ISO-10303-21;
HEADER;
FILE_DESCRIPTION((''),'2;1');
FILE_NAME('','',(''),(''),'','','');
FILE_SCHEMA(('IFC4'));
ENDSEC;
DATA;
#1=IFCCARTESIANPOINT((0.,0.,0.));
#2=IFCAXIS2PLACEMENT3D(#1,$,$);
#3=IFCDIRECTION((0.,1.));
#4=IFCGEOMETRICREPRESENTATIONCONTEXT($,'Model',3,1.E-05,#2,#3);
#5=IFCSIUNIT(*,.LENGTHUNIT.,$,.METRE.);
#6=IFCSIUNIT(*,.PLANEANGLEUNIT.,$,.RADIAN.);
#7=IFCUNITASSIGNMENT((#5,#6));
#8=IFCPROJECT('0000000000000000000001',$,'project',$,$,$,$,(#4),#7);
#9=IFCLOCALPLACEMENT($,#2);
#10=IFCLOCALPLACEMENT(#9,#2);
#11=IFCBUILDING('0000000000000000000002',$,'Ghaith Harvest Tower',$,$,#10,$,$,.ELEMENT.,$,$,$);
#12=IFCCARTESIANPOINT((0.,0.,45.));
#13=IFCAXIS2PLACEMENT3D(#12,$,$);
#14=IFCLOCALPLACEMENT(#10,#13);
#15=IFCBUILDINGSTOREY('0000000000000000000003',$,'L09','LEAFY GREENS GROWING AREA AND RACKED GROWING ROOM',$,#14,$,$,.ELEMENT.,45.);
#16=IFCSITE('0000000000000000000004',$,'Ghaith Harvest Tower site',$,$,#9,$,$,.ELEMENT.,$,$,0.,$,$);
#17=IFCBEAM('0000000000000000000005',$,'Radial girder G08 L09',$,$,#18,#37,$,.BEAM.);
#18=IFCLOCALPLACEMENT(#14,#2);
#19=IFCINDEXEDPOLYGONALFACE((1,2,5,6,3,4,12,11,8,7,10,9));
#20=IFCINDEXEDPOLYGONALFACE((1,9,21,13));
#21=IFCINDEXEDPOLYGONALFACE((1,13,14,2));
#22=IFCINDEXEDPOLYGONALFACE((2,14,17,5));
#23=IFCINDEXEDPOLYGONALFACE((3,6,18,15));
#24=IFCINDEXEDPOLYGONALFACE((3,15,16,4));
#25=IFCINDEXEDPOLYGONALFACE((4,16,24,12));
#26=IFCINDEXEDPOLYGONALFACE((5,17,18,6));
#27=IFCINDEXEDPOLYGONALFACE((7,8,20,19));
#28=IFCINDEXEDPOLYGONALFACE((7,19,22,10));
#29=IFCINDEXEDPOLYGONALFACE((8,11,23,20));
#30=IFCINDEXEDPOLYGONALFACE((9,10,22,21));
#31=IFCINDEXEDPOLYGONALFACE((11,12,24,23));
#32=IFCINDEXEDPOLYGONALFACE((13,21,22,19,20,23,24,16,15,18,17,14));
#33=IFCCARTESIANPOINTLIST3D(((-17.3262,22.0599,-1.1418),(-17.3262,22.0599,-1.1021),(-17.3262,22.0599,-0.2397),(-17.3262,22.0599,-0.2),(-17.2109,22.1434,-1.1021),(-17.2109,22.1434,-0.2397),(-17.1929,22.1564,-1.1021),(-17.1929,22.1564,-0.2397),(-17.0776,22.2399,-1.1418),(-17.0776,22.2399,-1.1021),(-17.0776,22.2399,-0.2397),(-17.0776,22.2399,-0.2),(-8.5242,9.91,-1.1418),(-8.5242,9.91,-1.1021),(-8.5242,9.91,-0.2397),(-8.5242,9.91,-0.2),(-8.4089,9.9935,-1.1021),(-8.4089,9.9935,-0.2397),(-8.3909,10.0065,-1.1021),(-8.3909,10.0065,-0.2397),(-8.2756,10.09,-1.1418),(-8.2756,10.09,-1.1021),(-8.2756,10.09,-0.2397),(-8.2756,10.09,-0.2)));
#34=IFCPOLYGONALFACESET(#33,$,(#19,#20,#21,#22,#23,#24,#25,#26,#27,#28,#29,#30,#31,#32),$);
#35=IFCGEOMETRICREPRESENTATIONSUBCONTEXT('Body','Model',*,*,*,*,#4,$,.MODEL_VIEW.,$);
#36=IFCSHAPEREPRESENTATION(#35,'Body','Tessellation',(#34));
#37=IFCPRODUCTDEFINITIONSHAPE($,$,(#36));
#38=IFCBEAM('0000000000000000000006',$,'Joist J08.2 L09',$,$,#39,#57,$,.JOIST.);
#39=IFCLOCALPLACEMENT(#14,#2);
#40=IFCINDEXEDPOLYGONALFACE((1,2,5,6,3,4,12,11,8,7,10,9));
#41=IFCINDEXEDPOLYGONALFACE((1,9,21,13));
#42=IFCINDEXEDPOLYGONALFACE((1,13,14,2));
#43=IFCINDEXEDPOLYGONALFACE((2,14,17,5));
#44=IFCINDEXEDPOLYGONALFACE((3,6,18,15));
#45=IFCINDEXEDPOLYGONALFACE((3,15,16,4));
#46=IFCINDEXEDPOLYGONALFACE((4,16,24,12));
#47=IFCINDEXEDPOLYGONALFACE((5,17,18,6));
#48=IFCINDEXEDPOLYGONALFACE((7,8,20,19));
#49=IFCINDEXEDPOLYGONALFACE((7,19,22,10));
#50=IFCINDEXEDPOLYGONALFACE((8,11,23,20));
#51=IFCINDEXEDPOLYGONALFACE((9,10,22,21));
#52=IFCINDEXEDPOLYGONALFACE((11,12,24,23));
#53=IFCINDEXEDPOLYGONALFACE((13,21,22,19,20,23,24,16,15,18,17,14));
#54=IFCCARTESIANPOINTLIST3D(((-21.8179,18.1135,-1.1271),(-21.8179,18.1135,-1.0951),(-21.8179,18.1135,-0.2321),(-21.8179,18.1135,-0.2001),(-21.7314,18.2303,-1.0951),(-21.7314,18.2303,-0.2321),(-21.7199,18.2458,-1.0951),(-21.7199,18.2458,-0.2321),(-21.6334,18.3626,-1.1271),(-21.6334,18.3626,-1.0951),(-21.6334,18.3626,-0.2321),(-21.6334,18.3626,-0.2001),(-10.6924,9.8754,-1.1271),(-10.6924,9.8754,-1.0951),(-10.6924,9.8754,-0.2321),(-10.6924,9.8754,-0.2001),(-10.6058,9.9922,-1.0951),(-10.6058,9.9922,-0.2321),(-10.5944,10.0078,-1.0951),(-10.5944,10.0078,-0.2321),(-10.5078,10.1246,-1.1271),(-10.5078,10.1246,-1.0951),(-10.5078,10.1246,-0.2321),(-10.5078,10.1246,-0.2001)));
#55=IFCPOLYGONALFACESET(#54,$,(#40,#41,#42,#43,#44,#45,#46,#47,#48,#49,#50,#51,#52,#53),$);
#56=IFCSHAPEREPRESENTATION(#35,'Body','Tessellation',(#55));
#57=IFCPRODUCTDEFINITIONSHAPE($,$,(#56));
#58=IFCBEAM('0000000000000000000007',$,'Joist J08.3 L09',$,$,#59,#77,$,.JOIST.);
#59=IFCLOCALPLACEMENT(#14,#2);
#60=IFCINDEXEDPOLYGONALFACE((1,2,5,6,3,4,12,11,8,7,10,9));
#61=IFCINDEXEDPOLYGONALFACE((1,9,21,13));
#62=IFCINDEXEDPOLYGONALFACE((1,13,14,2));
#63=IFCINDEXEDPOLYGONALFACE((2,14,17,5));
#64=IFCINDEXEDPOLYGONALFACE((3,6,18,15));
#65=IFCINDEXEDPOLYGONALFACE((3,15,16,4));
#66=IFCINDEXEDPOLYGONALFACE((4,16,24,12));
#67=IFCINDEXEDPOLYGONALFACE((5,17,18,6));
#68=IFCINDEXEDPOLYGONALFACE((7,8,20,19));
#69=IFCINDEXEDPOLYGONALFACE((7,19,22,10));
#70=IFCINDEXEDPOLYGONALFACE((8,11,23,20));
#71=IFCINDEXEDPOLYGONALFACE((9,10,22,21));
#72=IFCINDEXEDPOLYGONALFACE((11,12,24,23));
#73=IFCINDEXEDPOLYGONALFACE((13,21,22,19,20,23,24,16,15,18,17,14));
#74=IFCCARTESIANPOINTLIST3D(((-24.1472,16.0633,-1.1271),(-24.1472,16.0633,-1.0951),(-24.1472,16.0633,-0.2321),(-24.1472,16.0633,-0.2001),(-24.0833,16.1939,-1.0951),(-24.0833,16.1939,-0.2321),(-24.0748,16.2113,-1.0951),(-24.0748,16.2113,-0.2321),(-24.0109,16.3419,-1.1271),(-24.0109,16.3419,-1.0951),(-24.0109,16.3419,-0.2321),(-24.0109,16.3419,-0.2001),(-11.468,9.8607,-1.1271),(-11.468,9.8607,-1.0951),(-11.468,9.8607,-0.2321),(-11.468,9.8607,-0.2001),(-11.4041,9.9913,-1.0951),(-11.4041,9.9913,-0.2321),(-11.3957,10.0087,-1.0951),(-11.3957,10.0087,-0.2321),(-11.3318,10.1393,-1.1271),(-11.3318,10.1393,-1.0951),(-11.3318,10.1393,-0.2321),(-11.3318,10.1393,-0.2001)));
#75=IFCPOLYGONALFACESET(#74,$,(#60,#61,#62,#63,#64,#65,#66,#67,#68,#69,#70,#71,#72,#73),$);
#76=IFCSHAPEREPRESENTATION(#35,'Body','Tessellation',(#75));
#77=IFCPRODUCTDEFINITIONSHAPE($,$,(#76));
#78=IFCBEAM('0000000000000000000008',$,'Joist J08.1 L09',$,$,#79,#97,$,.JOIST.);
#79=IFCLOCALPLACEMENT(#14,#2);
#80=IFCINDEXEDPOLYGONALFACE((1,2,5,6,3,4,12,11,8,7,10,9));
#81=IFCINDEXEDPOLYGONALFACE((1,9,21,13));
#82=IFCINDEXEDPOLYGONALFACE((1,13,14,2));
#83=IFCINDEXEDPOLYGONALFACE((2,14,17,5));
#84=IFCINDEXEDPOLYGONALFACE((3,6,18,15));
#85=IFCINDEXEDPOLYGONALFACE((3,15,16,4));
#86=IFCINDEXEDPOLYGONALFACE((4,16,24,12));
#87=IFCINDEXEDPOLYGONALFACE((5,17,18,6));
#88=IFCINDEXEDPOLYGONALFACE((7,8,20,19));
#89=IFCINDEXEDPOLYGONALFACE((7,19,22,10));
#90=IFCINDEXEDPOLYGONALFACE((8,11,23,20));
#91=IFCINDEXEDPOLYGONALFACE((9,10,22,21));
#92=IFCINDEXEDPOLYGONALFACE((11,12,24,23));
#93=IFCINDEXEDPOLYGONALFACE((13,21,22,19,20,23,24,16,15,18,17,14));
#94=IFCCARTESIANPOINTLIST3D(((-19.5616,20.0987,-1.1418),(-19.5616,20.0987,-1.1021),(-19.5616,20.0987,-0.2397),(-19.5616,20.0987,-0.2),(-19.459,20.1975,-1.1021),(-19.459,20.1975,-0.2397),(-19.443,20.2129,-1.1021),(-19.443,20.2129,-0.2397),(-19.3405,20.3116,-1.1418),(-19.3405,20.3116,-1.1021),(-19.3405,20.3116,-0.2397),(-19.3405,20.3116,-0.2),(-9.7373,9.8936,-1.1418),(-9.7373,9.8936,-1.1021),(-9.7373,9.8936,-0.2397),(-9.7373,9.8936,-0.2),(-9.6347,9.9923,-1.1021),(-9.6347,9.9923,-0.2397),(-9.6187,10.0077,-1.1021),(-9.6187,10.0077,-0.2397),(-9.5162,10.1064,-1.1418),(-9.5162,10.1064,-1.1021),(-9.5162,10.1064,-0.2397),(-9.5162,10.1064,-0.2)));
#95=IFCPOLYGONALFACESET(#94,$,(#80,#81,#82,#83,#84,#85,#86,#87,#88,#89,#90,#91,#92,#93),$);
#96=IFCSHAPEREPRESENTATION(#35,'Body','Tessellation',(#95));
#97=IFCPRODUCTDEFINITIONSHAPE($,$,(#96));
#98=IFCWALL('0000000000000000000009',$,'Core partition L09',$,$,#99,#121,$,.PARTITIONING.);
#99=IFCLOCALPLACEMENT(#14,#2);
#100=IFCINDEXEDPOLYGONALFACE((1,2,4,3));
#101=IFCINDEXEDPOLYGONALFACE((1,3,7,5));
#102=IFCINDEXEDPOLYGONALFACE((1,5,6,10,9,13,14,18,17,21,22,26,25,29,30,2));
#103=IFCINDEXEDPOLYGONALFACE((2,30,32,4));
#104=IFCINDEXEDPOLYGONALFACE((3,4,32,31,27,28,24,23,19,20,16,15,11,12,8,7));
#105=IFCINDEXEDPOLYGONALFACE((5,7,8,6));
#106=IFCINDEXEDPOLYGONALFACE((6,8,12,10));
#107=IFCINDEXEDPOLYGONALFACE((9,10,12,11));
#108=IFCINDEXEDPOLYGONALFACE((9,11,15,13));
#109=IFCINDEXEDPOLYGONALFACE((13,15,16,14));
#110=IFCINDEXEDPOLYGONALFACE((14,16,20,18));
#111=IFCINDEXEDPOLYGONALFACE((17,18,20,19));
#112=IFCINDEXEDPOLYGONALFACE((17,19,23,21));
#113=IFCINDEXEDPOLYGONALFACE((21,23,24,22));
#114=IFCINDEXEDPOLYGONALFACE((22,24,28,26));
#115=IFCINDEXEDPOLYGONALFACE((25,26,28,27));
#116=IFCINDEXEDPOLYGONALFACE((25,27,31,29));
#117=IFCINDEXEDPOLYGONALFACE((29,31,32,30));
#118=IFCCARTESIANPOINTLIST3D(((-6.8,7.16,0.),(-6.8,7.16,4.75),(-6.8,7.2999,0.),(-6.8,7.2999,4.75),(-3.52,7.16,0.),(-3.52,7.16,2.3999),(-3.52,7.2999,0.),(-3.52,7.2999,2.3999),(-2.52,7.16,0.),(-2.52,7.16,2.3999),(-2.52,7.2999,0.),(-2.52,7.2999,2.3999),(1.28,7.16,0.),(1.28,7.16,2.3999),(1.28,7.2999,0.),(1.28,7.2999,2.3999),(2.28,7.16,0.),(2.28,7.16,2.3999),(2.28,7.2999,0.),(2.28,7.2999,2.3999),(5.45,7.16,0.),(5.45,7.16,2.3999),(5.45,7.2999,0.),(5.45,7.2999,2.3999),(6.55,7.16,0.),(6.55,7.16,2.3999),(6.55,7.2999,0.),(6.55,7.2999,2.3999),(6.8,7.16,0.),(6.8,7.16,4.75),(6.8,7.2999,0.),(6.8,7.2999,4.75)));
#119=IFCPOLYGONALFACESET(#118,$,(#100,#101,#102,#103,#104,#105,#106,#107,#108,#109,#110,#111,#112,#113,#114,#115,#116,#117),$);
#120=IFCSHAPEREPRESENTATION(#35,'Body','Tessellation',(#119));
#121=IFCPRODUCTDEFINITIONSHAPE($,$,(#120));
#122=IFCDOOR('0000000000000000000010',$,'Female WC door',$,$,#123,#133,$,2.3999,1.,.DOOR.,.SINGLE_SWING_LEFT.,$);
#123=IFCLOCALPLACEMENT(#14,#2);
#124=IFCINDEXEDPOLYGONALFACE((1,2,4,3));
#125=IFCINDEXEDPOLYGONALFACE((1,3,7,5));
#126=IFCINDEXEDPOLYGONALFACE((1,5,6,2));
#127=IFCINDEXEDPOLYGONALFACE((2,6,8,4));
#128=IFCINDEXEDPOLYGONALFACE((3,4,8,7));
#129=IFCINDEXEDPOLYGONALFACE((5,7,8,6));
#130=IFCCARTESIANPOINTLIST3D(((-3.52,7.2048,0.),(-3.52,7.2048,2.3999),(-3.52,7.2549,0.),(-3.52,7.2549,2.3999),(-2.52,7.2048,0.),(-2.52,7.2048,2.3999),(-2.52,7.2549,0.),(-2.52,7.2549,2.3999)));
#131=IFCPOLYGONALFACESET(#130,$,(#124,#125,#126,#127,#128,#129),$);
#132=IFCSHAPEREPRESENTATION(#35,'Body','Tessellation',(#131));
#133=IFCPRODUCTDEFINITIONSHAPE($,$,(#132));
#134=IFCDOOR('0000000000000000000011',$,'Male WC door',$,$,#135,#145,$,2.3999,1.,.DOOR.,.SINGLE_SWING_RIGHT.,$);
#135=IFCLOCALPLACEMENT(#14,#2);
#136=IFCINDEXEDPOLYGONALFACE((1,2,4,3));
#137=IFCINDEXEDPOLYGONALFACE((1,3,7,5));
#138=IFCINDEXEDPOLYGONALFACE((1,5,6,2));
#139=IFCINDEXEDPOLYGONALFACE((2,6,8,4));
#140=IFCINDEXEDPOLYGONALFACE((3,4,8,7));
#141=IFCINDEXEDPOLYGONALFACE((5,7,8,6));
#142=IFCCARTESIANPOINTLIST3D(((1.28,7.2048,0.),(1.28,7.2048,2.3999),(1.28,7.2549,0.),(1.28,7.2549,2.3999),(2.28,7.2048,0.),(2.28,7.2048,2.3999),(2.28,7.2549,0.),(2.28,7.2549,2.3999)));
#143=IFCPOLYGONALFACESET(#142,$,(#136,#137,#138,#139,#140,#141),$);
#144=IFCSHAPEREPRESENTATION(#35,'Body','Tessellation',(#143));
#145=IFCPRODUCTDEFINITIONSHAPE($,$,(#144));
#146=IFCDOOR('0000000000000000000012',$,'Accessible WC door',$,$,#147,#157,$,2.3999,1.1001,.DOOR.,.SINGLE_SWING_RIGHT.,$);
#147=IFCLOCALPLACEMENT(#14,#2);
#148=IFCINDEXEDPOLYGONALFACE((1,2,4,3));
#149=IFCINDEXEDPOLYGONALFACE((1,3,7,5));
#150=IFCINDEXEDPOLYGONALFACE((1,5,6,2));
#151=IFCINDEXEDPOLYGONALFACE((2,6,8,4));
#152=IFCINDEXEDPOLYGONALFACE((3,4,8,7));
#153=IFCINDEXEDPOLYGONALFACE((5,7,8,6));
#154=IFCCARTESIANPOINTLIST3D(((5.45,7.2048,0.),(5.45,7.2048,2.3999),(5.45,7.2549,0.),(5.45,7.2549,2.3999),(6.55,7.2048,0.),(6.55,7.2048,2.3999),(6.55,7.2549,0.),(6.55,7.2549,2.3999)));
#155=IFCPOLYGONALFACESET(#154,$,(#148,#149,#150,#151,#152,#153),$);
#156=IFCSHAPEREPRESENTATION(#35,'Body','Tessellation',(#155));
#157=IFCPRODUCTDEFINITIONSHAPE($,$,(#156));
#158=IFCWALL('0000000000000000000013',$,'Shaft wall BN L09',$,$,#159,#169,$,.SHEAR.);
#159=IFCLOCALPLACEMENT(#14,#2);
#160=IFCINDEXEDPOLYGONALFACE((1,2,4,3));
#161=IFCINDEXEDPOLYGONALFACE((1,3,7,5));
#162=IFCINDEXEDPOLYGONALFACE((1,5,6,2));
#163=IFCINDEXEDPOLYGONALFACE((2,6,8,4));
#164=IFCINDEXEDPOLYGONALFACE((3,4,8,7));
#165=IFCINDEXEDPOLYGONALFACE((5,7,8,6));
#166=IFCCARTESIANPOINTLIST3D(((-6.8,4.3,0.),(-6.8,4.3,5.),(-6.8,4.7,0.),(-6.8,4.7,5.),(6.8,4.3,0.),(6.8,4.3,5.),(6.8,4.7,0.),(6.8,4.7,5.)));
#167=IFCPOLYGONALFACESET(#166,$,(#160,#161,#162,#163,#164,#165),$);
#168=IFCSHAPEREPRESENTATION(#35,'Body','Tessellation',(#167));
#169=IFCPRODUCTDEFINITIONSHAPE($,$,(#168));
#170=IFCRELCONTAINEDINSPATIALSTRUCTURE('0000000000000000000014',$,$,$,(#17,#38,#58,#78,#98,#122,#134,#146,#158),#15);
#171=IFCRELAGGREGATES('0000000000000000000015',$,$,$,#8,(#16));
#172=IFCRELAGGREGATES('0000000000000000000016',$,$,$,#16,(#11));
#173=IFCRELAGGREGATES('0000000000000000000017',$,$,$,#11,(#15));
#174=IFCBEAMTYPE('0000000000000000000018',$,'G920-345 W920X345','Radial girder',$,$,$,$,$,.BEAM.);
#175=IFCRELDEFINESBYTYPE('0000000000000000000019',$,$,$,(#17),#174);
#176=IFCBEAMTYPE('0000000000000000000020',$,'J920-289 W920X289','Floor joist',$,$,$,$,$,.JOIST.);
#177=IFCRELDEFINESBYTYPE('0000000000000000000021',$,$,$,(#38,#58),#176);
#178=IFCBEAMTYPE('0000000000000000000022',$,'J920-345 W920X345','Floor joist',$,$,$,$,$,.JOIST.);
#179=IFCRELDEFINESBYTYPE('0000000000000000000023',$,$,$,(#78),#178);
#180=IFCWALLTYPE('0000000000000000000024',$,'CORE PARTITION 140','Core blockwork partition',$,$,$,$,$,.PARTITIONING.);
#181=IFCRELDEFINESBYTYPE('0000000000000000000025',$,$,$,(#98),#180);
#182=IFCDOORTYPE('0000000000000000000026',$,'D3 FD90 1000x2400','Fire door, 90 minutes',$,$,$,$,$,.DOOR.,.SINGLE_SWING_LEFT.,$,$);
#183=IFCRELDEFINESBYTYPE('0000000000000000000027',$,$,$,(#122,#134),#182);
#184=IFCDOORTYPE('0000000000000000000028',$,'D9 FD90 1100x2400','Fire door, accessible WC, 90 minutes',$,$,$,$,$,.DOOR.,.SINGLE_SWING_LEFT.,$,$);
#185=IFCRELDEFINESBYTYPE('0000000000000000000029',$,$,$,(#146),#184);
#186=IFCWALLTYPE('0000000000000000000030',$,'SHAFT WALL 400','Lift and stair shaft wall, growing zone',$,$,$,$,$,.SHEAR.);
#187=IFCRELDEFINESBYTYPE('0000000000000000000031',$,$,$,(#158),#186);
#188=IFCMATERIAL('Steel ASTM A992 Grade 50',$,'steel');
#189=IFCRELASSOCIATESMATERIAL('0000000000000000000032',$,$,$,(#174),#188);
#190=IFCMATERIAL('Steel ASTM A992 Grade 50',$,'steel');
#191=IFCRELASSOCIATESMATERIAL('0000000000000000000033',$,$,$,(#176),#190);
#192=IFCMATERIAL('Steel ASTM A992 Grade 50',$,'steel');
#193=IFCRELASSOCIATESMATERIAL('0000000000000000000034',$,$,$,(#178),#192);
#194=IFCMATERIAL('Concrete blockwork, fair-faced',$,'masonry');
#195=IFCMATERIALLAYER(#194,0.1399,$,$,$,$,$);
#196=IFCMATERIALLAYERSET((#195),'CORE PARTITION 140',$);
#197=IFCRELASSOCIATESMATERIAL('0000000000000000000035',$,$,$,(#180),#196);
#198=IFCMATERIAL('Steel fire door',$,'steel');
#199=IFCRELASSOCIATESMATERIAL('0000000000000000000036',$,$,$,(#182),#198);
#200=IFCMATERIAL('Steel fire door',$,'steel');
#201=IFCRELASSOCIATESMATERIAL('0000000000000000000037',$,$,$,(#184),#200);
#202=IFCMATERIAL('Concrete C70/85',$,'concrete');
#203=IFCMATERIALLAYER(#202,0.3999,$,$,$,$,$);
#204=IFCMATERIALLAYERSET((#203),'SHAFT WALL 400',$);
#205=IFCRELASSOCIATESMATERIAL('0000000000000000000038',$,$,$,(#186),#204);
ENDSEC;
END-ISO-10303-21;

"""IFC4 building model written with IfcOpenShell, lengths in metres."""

from ifc_helpers import new_model, si_unit, direction, frame, frame_2d, origin, origin_2d, place, context, subcontext, project, spatial, rectangle, i_section, extrude, material, layer, layer_set, material_profile, profile_set, type_object, element, fill, save


model = new_model("IFC4")

# Units and contexts
model_context = context("Model", 3, precision=1e-05, world=origin(), true_north=direction((0.0, 1.0)))
body_context = subcontext(model_context, "Body", "Model", "MODEL_VIEW")
ifc_project = project(units=[si_unit("LENGTHUNIT", "METRE"), si_unit("PLANEANGLEUNIT", "RADIAN")], contexts=[model_context])

# Site, building, storey
site_placement = place(None, origin())
site = spatial("IfcSite", under=ifc_project, at=site_placement, Name="Ghaith Harvest Tower site", CompositionType="ELEMENT", RefElevation=0.0)
building_placement = place(site_placement, origin())
building = spatial("IfcBuilding", under=site, at=building_placement, Name="Ghaith Harvest Tower", CompositionType="ELEMENT")
storey_placement = place(building_placement, frame((0.0, 0.0, 45.0)))
storey = spatial("IfcBuildingStorey", under=building, at=storey_placement, Name="L09", Description="LEAFY GREENS GROWING AREA AND RACKED GROWING ROOM", CompositionType="ELEMENT", Elevation=45.0)

# Beams
ifc_material_1 = material(Name="Steel ASTM A992 Grade 50", Category="steel")
ifc_material_profile_1 = material_profile(ifc_material_1, i_section(OverallWidth=0.3069, OverallDepth=0.9419, WebThickness=0.0222, FlangeThickness=0.0398, at=origin_2d()), Name="W920X345")
ifc_profile_set_1 = profile_set([ifc_material_profile_1], Name="Steel ASTM A992 Grade 50")
beam_type_1 = type_object("IfcBeamType", Name="G920-345 W920X345", Description="Radial girder", PredefinedType="BEAM", material=ifc_profile_set_1)
beam_1_placement = place(storey_placement, frame((-8.3999, 10.0, -0.6709), z_axis=(-0.586676, 0.809822, 0.0), x_axis=(-0.809822, -0.586676, 0.0)))
element("IfcBeam", 1, at=beam_1_placement, inside=storey, type_object=beam_type_1, Name="Radial girder G08 L09", PredefinedType="BEAM", context=body_context, shape_type="SweptSolid", body=[
    extrude(i_section(OverallWidth=0.3069, OverallDepth=0.9419, WebThickness=0.0222, FlangeThickness=0.0398, at=origin_2d()), origin(), (0.0, 0.0, 1.0), 15.0032),
])
ifc_material_2 = material(Name="Steel ASTM A992 Grade 50", Category="steel")
ifc_material_profile_2 = material_profile(ifc_material_2, i_section(OverallWidth=0.3101, OverallDepth=0.927, WebThickness=0.0193, FlangeThickness=0.032, at=origin_2d()), Name="W920X289")
ifc_profile_set_2 = profile_set([ifc_material_profile_2], Name="Steel ASTM A992 Grade 50")
beam_type_2 = type_object("IfcBeamType", Name="J920-289 W920X289", Description="Floor joist", PredefinedType="JOIST", material=ifc_profile_set_2)
beam_2_placement = place(storey_placement, frame((-10.6001, 10.0, -0.6636), z_axis=(-0.803663, 0.595085, 0.0), x_axis=(-0.595085, -0.803663, 0.0)))
element("IfcBeam", 2, at=beam_2_placement, inside=storey, type_object=beam_type_2, Name="Joist J08.2 L09", PredefinedType="JOIST", context=body_context, shape_type="SweptSolid", body=[
    extrude(i_section(OverallWidth=0.3101, OverallDepth=0.927, WebThickness=0.0193, FlangeThickness=0.032, at=origin_2d()), origin(), (0.0, 0.0, 1.0), 13.8435),
])
beam_3_placement = place(storey_placement, frame((-11.3999, 10.0, -0.6636), z_axis=(-0.898275, 0.439434, 0.0), x_axis=(-0.439434, -0.898275, 0.0)))
element("IfcBeam", 3, at=beam_3_placement, inside=storey, type_object=beam_type_2, Name="Joist J08.3 L09", PredefinedType="JOIST", context=body_context, shape_type="SweptSolid", body=[
    extrude(i_section(OverallWidth=0.3101, OverallDepth=0.927, WebThickness=0.0193, FlangeThickness=0.032, at=origin_2d()), origin(), (0.0, 0.0, 1.0), 14.115),
])
ifc_material_3 = material(Name="Steel ASTM A992 Grade 50", Category="steel")
ifc_material_profile_3 = material_profile(ifc_material_3, i_section(OverallWidth=0.3069, OverallDepth=0.9419, WebThickness=0.0222, FlangeThickness=0.0398, at=origin_2d()), Name="W920X345")
ifc_profile_set_3 = profile_set([ifc_material_profile_3], Name="Steel ASTM A992 Grade 50")
beam_type_3 = type_object("IfcBeamType", Name="J920-345 W920X345", Description="Floor joist", PredefinedType="JOIST", material=ifc_profile_set_3)
beam_4_placement = place(storey_placement, frame((-9.6267, 10.0, -0.6709), z_axis=(-0.693536, 0.720422, 0.0), x_axis=(-0.720422, -0.693536, 0.0)))
element("IfcBeam", 4, at=beam_4_placement, inside=storey, type_object=beam_type_3, Name="Joist J08.1 L09", PredefinedType="JOIST", context=body_context, shape_type="SweptSolid", body=[
    extrude(i_section(OverallWidth=0.3069, OverallDepth=0.9419, WebThickness=0.0222, FlangeThickness=0.0398, at=origin_2d()), origin(), (0.0, 0.0, 1.0), 14.1655),
])

# Wall, openings, doors
ifc_material_4 = material(Name="Concrete blockwork, fair-faced", Category="masonry")
ifc_layer_1 = layer(ifc_material_4, 0.1399)
ifc_layer_set_1 = layer_set([ifc_layer_1], Name="CORE PARTITION 140")
wall_type_1 = type_object("IfcWallType", Name="CORE PARTITION 140", Description="Core blockwork partition", PredefinedType="PARTITIONING", material=ifc_layer_set_1)
wall_1_placement = place(storey_placement, frame((-6.8, 7.23, 0.0), z_axis=(0.0, 0.0, 1.0), x_axis=(1.0, 0.0, 0.0)))
wall_1 = element("IfcWall", 5, at=wall_1_placement, inside=storey, type_object=wall_type_1, Name="Core partition L09", PredefinedType="PARTITIONING", context=body_context, shape_type="SweptSolid", body=[
    extrude(rectangle(XDim=13.6001, YDim=0.1399, at=frame_2d((6.8, 0.0))), origin(), (0.0, 0.0, 1.0), 4.75),
])
opening_1_placement = place(wall_1_placement, frame((3.28, 0.0, 0.0)))
opening_1 = element("IfcOpeningElement", 6, at=opening_1_placement, cuts=wall_1, PredefinedType="OPENING", context=body_context, shape_type="SweptSolid", body=[
    extrude(rectangle(XDim=1.0, YDim=2.3999, at=frame_2d((0.5, 1.2))), frame((0.0, 0.0801, 0.0), z_axis=(0.0, -1.0, 0.0), x_axis=(1.0, 0.0, 0.0)), (0.0, 0.0, 1.0), 0.1599),
])
opening_2_placement = place(wall_1_placement, frame((8.0801, 0.0, 0.0)))
opening_2 = element("IfcOpeningElement", 7, at=opening_2_placement, cuts=wall_1, PredefinedType="OPENING", context=body_context, shape_type="SweptSolid", body=[
    extrude(rectangle(XDim=1.0, YDim=2.3999, at=frame_2d((0.5, 1.2))), frame((0.0, 0.0801, 0.0), z_axis=(0.0, -1.0, 0.0), x_axis=(1.0, 0.0, 0.0)), (0.0, 0.0, 1.0), 0.1599),
])
opening_3_placement = place(wall_1_placement, frame((12.25, 0.0, 0.0)))
opening_3 = element("IfcOpeningElement", 8, at=opening_3_placement, cuts=wall_1, PredefinedType="OPENING", context=body_context, shape_type="SweptSolid", body=[
    extrude(rectangle(XDim=1.1001, YDim=2.3999, at=frame_2d((0.55, 1.2))), frame((0.0, 0.0801, 0.0), z_axis=(0.0, -1.0, 0.0), x_axis=(1.0, 0.0, 0.0)), (0.0, 0.0, 1.0), 0.1599),
])
ifc_material_5 = material(Name="Steel fire door", Category="steel")
door_type_1 = type_object("IfcDoorType", Name="D3 FD90 1000x2400", Description="Fire door, 90 minutes", OperationType="SINGLE_SWING_LEFT", PredefinedType="DOOR", material=ifc_material_5)
door_1_placement = place(opening_1_placement, origin())
door_1 = element("IfcDoor", 9, at=door_1_placement, inside=storey, type_object=door_type_1, Name="Female WC door", OperationType="SINGLE_SWING_LEFT", OverallHeight=2.3999, OverallWidth=1.0, PredefinedType="DOOR", context=body_context, shape_type="SweptSolid", body=[
    extrude(rectangle(XDim=1.0, YDim=2.3999, at=frame_2d((0.5, 1.2))), frame((0.0, 0.0249, 0.0), z_axis=(0.0, -1.0, 0.0), x_axis=(1.0, 0.0, 0.0)), (0.0, 0.0, 1.0), 0.05),
])
fill(opening_1, door_1)
door_2_placement = place(opening_2_placement, origin())
door_2 = element("IfcDoor", 10, at=door_2_placement, inside=storey, type_object=door_type_1, Name="Male WC door", OperationType="SINGLE_SWING_RIGHT", OverallHeight=2.3999, OverallWidth=1.0, PredefinedType="DOOR", context=body_context, shape_type="SweptSolid", body=[
    extrude(rectangle(XDim=1.0, YDim=2.3999, at=frame_2d((0.5, 1.2))), frame((0.0, 0.0249, 0.0), z_axis=(0.0, -1.0, 0.0), x_axis=(1.0, 0.0, 0.0)), (0.0, 0.0, 1.0), 0.05),
])
fill(opening_2, door_2)
ifc_material_6 = material(Name="Steel fire door", Category="steel")
door_type_2 = type_object("IfcDoorType", Name="D9 FD90 1100x2400", Description="Fire door, accessible WC, 90 minutes", OperationType="SINGLE_SWING_LEFT", PredefinedType="DOOR", material=ifc_material_6)
door_3_placement = place(opening_3_placement, origin())
door_3 = element("IfcDoor", 11, at=door_3_placement, inside=storey, type_object=door_type_2, Name="Accessible WC door", OperationType="SINGLE_SWING_RIGHT", OverallHeight=2.3999, OverallWidth=1.1001, PredefinedType="DOOR", context=body_context, shape_type="SweptSolid", body=[
    extrude(rectangle(XDim=1.1001, YDim=2.3999, at=frame_2d((0.55, 1.2))), frame((0.0, 0.0249, 0.0), z_axis=(0.0, -1.0, 0.0), x_axis=(1.0, 0.0, 0.0)), (0.0, 0.0, 1.0), 0.05),
])
fill(opening_3, door_3)
ifc_material_7 = material(Name="Concrete C70/85", Category="concrete")
ifc_layer_2 = layer(ifc_material_7, 0.3999)
ifc_layer_set_2 = layer_set([ifc_layer_2], Name="SHAFT WALL 400")
wall_type_2 = type_object("IfcWallType", Name="SHAFT WALL 400", Description="Lift and stair shaft wall, growing zone", PredefinedType="SHEAR", material=ifc_layer_set_2)

# Wall
wall_2_placement = place(storey_placement, frame((-6.8, 4.5, 0.0), z_axis=(0.0, 0.0, 1.0), x_axis=(1.0, 0.0, 0.0)))
element("IfcWall", 12, at=wall_2_placement, inside=storey, type_object=wall_type_2, Name="Shaft wall BN L09", PredefinedType="SHEAR", context=body_context, shape_type="SweptSolid", body=[
    extrude(rectangle(XDim=13.6001, YDim=0.3999, at=frame_2d((6.8, 0.0))), origin(), (0.0, 0.0, 1.0), 5.0),
])

save(model, "model.ifc")
